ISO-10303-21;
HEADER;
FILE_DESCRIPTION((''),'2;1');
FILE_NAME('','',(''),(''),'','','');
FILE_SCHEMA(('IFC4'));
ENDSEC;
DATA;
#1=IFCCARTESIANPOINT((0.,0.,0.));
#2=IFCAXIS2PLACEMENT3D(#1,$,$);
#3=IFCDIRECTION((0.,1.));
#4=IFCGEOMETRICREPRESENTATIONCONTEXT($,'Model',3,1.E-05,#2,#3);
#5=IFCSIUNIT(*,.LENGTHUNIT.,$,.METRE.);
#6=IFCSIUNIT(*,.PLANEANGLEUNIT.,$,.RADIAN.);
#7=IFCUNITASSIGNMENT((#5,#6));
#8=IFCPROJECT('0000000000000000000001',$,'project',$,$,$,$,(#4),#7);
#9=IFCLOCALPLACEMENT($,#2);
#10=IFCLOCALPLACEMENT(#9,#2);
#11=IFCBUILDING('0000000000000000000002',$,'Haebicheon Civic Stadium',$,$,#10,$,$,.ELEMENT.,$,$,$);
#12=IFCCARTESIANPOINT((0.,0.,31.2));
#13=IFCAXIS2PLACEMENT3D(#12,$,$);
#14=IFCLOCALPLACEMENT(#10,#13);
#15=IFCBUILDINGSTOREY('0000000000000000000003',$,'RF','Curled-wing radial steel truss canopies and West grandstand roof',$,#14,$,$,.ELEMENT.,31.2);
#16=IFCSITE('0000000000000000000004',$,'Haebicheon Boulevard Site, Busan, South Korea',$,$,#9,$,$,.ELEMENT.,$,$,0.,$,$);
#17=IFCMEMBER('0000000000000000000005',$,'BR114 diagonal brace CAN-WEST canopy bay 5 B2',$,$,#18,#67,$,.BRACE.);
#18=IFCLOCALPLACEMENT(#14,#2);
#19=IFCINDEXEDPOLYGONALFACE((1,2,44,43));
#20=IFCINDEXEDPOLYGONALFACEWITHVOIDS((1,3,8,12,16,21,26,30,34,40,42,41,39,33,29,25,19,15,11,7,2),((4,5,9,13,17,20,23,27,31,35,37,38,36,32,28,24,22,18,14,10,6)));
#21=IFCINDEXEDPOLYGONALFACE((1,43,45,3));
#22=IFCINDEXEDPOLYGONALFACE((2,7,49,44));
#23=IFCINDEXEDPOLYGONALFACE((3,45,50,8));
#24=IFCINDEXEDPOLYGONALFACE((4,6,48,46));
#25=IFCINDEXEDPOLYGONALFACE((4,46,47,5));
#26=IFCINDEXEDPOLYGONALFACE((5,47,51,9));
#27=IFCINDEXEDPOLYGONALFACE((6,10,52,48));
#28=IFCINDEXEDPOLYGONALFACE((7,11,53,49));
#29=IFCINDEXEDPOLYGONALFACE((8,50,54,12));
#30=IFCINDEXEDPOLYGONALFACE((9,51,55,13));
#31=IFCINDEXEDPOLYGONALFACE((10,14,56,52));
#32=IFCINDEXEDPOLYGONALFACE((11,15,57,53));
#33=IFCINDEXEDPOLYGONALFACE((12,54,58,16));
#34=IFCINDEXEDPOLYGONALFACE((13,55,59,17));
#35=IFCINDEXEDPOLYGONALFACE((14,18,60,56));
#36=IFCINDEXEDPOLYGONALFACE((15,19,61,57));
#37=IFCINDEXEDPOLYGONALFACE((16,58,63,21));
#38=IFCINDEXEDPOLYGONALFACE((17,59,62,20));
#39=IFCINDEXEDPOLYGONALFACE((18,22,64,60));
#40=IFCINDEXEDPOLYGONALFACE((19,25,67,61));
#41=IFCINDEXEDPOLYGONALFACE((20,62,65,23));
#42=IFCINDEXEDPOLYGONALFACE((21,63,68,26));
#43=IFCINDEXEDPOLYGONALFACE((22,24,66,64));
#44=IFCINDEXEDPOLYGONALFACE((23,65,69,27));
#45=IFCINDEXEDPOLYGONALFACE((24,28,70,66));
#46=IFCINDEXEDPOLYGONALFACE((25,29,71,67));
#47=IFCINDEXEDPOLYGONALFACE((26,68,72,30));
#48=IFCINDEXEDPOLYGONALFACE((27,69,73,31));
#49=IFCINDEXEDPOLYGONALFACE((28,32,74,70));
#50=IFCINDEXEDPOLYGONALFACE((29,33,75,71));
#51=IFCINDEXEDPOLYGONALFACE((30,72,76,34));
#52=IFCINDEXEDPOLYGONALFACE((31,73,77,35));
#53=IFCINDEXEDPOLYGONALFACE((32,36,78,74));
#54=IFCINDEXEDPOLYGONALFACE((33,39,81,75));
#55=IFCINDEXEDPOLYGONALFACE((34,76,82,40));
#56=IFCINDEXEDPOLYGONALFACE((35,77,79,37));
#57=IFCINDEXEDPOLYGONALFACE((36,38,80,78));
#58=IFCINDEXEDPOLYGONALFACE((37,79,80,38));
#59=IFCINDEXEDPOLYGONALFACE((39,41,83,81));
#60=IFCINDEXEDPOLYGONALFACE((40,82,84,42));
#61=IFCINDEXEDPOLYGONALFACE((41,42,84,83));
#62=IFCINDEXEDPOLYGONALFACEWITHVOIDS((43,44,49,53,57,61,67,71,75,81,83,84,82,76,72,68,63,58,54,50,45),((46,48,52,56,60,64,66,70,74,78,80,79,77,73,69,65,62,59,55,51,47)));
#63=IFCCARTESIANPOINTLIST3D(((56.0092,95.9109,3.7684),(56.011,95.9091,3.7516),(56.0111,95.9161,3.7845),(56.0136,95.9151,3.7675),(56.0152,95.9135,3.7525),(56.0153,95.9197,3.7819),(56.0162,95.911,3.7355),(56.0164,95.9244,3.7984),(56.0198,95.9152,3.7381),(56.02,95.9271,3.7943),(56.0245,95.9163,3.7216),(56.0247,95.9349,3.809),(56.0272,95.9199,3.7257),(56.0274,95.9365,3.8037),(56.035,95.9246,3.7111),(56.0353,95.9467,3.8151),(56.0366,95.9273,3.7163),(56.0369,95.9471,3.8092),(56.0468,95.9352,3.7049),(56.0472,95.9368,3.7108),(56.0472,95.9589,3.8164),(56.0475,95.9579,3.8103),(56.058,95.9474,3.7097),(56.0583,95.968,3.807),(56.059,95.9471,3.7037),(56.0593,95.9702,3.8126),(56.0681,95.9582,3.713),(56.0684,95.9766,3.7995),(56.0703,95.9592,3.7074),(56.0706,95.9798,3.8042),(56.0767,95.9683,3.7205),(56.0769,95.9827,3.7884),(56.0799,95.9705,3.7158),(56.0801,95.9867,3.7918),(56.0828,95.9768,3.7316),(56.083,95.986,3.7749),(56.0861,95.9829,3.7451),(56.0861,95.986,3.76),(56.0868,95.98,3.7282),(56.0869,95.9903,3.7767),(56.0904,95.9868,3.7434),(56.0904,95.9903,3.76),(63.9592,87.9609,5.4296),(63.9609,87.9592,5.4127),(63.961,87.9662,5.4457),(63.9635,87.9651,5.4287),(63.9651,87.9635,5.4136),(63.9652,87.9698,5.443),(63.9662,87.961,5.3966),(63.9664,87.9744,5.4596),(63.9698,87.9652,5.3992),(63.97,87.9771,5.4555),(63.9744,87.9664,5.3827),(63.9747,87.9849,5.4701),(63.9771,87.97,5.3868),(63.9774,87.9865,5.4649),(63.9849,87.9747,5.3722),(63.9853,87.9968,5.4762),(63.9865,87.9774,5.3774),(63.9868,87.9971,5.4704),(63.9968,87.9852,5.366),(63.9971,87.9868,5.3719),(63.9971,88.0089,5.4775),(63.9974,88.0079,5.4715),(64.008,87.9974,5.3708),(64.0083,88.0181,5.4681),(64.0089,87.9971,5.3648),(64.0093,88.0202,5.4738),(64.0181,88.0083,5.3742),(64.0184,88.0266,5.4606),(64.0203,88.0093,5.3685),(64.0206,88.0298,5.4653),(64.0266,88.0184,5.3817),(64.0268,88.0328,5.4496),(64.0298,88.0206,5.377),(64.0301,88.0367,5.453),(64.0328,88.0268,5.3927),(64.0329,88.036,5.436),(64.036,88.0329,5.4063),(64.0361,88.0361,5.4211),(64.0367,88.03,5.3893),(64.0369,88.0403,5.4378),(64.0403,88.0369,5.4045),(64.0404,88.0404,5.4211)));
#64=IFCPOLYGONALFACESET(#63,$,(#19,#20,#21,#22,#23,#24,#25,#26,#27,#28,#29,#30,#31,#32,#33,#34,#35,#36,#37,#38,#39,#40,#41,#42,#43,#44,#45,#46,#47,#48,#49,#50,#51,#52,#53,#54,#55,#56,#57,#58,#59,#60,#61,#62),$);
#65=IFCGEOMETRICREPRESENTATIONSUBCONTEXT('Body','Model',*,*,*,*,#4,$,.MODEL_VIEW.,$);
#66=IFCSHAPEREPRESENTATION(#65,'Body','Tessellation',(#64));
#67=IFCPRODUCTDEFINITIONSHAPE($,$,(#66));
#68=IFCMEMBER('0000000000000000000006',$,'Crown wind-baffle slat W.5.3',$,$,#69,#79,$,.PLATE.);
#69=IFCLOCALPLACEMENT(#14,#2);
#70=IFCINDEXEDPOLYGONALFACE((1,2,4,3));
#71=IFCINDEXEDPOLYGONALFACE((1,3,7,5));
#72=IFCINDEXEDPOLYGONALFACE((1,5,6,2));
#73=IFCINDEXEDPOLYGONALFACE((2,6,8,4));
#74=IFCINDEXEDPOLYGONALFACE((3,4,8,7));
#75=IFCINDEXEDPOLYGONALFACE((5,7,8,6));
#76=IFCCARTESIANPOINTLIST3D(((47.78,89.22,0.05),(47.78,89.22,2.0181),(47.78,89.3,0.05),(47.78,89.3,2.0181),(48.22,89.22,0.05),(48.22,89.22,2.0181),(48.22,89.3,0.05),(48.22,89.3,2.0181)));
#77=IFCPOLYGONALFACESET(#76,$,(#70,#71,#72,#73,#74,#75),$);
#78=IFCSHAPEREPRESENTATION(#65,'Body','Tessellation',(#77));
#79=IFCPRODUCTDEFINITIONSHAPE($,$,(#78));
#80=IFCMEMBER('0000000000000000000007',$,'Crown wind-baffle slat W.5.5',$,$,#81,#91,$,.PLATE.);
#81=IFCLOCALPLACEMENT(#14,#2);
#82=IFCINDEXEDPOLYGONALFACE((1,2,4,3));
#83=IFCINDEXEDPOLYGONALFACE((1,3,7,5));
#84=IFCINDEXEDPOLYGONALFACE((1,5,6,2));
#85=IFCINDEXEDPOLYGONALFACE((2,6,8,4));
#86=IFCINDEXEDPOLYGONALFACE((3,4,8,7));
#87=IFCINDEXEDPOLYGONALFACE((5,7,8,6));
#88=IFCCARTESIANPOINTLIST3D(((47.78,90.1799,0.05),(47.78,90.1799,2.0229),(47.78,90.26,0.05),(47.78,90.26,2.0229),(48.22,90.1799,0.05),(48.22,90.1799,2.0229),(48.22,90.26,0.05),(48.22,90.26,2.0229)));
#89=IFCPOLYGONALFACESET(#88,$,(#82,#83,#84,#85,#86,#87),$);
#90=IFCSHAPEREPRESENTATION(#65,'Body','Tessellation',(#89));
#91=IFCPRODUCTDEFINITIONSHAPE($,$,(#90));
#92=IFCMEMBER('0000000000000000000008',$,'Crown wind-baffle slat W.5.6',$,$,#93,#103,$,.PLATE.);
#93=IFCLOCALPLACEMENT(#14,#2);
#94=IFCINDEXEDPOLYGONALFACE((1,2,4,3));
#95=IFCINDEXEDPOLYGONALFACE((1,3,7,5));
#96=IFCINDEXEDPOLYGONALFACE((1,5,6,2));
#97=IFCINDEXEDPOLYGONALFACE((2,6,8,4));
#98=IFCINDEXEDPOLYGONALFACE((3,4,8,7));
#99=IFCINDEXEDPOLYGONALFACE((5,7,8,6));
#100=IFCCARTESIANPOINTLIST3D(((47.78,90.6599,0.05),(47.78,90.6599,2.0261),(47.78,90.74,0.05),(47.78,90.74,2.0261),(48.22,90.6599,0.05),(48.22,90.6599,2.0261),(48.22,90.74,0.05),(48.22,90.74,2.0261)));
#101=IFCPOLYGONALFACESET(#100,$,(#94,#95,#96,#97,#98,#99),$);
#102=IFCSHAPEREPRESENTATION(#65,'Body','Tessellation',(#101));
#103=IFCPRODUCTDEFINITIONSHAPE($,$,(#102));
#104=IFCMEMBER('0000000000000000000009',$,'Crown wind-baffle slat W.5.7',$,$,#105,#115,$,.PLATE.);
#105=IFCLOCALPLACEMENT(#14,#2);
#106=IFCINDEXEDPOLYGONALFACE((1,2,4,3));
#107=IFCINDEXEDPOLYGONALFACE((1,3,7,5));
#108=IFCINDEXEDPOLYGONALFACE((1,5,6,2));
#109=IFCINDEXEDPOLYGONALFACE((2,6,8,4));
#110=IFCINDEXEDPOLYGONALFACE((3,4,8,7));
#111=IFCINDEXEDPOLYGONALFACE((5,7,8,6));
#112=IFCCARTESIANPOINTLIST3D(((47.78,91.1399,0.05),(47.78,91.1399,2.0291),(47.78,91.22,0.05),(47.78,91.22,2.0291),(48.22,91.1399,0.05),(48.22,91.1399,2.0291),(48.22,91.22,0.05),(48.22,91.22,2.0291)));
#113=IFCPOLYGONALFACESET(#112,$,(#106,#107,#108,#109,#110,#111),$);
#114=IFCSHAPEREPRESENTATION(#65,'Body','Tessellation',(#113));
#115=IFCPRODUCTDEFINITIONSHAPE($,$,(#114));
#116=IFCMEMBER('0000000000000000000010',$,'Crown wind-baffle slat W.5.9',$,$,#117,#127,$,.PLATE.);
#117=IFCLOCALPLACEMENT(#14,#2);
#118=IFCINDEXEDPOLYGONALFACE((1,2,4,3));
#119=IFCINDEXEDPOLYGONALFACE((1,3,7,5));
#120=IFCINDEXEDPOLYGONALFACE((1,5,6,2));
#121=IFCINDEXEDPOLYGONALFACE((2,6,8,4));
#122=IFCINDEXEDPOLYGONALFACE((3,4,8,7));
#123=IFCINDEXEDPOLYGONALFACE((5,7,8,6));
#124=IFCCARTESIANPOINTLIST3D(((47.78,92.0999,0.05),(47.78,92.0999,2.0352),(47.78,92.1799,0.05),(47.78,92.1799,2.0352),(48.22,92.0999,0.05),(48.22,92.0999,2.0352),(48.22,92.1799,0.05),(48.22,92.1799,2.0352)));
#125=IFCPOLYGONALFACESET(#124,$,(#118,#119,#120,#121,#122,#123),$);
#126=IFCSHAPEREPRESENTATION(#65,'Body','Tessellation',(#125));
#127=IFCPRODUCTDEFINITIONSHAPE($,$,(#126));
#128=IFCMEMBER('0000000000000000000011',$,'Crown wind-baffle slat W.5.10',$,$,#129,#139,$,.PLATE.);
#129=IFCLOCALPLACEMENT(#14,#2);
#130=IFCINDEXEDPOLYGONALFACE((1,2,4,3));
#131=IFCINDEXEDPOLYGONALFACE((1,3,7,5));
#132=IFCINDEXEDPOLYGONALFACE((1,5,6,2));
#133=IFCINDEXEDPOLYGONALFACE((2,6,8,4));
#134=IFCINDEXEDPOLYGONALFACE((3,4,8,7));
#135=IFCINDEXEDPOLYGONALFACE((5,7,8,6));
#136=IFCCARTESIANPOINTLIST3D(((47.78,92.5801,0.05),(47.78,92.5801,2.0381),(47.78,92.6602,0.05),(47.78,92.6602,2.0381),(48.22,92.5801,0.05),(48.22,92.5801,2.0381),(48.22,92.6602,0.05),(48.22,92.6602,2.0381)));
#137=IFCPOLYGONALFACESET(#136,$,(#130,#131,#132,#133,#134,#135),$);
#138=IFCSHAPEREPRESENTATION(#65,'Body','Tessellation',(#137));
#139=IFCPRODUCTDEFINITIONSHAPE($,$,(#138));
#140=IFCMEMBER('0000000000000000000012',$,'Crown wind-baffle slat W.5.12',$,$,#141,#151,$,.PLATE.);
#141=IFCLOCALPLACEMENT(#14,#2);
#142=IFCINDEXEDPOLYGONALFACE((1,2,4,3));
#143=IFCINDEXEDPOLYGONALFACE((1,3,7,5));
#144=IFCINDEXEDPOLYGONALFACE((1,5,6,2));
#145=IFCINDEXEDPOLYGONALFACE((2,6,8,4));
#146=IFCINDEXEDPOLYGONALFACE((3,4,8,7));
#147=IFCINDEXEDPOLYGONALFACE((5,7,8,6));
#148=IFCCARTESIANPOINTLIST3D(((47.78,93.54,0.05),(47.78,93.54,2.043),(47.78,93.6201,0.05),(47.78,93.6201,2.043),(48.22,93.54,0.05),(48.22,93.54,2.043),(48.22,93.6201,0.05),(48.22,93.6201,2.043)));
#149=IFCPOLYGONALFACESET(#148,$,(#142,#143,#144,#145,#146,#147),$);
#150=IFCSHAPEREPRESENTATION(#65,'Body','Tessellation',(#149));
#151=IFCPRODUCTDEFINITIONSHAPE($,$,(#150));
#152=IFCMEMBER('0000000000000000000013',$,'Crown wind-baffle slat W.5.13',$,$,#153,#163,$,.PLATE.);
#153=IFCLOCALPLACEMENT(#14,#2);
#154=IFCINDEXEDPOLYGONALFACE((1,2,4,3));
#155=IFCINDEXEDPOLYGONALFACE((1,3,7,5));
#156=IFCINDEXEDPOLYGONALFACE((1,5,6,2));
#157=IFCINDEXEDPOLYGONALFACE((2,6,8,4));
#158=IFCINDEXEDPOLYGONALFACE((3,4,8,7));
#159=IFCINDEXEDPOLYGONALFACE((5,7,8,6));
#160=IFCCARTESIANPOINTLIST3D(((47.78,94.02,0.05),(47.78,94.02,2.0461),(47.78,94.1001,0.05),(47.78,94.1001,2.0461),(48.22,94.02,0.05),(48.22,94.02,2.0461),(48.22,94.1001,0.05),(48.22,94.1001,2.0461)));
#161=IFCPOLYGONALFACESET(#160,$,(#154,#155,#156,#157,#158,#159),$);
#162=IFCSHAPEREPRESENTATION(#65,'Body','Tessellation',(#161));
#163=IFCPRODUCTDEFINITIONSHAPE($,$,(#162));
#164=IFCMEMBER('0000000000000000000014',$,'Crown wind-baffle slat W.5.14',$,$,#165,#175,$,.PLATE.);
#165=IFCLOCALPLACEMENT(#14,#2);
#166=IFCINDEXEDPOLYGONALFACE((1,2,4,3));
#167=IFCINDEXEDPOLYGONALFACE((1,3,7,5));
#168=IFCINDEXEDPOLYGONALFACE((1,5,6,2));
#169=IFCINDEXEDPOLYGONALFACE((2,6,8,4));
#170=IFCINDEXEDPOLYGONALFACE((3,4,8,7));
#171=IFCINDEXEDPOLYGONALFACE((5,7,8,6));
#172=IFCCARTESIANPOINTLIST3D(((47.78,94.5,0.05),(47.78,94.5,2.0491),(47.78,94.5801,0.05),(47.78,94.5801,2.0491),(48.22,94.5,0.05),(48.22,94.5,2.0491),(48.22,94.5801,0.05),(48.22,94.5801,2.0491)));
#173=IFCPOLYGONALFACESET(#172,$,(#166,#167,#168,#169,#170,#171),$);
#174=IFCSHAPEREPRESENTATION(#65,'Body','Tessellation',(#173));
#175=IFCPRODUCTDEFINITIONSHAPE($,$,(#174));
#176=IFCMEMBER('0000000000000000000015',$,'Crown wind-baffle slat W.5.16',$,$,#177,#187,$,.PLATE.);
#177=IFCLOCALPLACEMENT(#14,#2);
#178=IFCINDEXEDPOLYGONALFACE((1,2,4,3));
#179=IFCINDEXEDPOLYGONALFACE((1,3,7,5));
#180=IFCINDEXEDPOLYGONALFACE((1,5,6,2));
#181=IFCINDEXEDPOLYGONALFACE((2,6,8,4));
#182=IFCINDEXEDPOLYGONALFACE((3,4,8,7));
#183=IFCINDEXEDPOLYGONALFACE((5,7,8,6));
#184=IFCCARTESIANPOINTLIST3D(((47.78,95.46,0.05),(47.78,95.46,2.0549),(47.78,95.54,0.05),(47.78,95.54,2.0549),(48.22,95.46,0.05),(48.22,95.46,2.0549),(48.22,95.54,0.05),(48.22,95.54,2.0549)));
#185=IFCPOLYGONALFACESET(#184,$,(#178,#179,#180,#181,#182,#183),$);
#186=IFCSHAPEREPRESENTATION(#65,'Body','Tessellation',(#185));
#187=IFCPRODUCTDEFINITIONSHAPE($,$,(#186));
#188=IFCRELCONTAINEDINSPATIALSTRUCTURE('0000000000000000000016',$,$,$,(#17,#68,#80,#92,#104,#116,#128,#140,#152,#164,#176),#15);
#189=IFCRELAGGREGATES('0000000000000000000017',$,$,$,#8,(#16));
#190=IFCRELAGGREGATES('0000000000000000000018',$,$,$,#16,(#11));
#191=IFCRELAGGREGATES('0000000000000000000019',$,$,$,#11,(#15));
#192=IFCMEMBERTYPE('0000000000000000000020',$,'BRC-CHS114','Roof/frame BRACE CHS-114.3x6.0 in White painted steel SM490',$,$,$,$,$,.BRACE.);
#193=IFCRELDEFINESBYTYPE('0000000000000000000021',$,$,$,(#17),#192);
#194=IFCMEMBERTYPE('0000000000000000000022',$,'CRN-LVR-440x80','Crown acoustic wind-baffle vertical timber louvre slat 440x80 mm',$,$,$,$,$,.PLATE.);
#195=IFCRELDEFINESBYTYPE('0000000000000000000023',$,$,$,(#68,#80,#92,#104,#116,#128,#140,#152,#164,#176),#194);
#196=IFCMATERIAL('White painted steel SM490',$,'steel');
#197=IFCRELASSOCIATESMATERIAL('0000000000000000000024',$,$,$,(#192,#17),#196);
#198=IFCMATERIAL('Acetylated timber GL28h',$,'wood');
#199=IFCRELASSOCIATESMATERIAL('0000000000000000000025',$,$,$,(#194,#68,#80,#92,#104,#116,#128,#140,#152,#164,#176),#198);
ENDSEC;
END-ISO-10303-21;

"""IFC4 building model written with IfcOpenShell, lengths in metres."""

from ifc_helpers import new_model, si_unit, direction, frame, origin, origin_2d, place, context, subcontext, project, spatial, rectangle, hollow_circle, extrude, material, material_profile, profile_set, type_object, element, save


model = new_model("IFC4")

# Units and contexts
model_context = context("Model", 3, precision=1e-05, world=origin(), true_north=direction((0.0, 1.0)))
body_context = subcontext(model_context, "Body", "Model", "MODEL_VIEW")
ifc_project = project(units=[si_unit("LENGTHUNIT", "METRE"), si_unit("PLANEANGLEUNIT", "RADIAN")], contexts=[model_context])

# Site, building, storey
site_placement = place(None, origin())
site = spatial("IfcSite", under=ifc_project, at=site_placement, Name="Haebicheon Boulevard Site, Busan, South Korea", CompositionType="ELEMENT", RefElevation=0.0)
building_placement = place(site_placement, origin())
building = spatial("IfcBuilding", under=site, at=building_placement, Name="Haebicheon Civic Stadium", CompositionType="ELEMENT")
storey_placement = place(building_placement, frame((0.0, 0.0, 31.2)))
storey = spatial("IfcBuildingStorey", under=building, at=storey_placement, Name="RF", Description="Curled-wing radial steel truss canopies and West grandstand roof", CompositionType="ELEMENT", Elevation=31.2)

# Members
ifc_material_1 = material(Name="White painted steel SM490", Category="steel")
ifc_material_profile_1 = material_profile(ifc_material_1, hollow_circle(Radius=0.0571, WallThickness=0.0061, at=origin_2d()), Name="CHS-114.3x6.0")
ifc_profile_set_1 = profile_set([ifc_material_profile_1], Name="White painted steel SM490")
member_type_1 = type_object("IfcMemberType", Name="BRC-CHS114", Description="Roof/frame BRACE CHS-114.3x6.0 in White painted steel SM490", PredefinedType="BRACE", material=ifc_profile_set_1)
member_1_placement = place(storey_placement, frame((56.05, 95.95, 3.76), z_axis=(0.699513, -0.699513, 0.146162), x_axis=(0.707107, 0.707107, 0.0)))
element("IfcMember", 1, at=member_1_placement, inside=storey, type_object=member_type_1, material=ifc_profile_set_1, Name="BR114 diagonal brace CAN-WEST canopy bay 5 B2", PredefinedType="BRACE", context=body_context, shape_type="SweptSolid", body=[
    extrude(hollow_circle(Radius=0.0571, WallThickness=0.0061, at=origin_2d()), origin(), (0.0, 0.0, 1.0), 11.365),
])
ifc_material_2 = material(Name="Acetylated timber GL28h", Category="wood")
ifc_material_profile_2 = material_profile(ifc_material_2, rectangle(XDim=0.0801, YDim=0.4399, at=origin_2d()), Name="TMB-LOUV-80x440")
ifc_profile_set_2 = profile_set([ifc_material_profile_2], Name="Acetylated timber GL28h")
member_type_2 = type_object("IfcMemberType", Name="CRN-LVR-440x80", Description="Crown acoustic wind-baffle vertical timber louvre slat 440x80 mm", PredefinedType="PLATE", material=ifc_profile_set_2)
member_2_placement = place(storey_placement, frame((48.0, 89.26, 0.05), z_axis=(0.0, 0.0, 1.0), x_axis=(0.0, 1.0, 0.0)))
element("IfcMember", 2, at=member_2_placement, inside=storey, type_object=member_type_2, material=ifc_profile_set_2, Name="Crown wind-baffle slat W.5.3", PredefinedType="PLATE", context=body_context, shape_type="SweptSolid", body=[
    extrude(rectangle(XDim=0.0801, YDim=0.4399, at=origin_2d()), origin(), (0.0, 0.0, 1.0), 1.968),
])
member_3_placement = place(storey_placement, frame((48.0, 90.22, 0.05), z_axis=(0.0, 0.0, 1.0), x_axis=(0.0, 1.0, 0.0)))
element("IfcMember", 3, at=member_3_placement, inside=storey, type_object=member_type_2, material=ifc_profile_set_2, Name="Crown wind-baffle slat W.5.5", PredefinedType="PLATE", context=body_context, shape_type="SweptSolid", body=[
    extrude(rectangle(XDim=0.0801, YDim=0.4399, at=origin_2d()), origin(), (0.0, 0.0, 1.0), 1.9729),
])
member_4_placement = place(storey_placement, frame((48.0, 90.7, 0.05), z_axis=(0.0, 0.0, 1.0), x_axis=(0.0, 1.0, 0.0)))
element("IfcMember", 4, at=member_4_placement, inside=storey, type_object=member_type_2, material=ifc_profile_set_2, Name="Crown wind-baffle slat W.5.6", PredefinedType="PLATE", context=body_context, shape_type="SweptSolid", body=[
    extrude(rectangle(XDim=0.0801, YDim=0.4399, at=origin_2d()), origin(), (0.0, 0.0, 1.0), 1.9761),
])
member_5_placement = place(storey_placement, frame((48.0, 91.1799, 0.05), z_axis=(0.0, 0.0, 1.0), x_axis=(0.0, 1.0, 0.0)))
element("IfcMember", 5, at=member_5_placement, inside=storey, type_object=member_type_2, material=ifc_profile_set_2, Name="Crown wind-baffle slat W.5.7", PredefinedType="PLATE", context=body_context, shape_type="SweptSolid", body=[
    extrude(rectangle(XDim=0.0801, YDim=0.4399, at=origin_2d()), origin(), (0.0, 0.0, 1.0), 1.979),
])
member_6_placement = place(storey_placement, frame((48.0, 92.1399, 0.05), z_axis=(0.0, 0.0, 1.0), x_axis=(0.0, 1.0, 0.0)))
element("IfcMember", 6, at=member_6_placement, inside=storey, type_object=member_type_2, material=ifc_profile_set_2, Name="Crown wind-baffle slat W.5.9", PredefinedType="PLATE", context=body_context, shape_type="SweptSolid", body=[
    extrude(rectangle(XDim=0.0801, YDim=0.4399, at=origin_2d()), origin(), (0.0, 0.0, 1.0), 1.9851),
])
member_7_placement = place(storey_placement, frame((48.0, 92.6201, 0.05), z_axis=(0.0, 0.0, 1.0), x_axis=(0.0, 1.0, 0.0)))
element("IfcMember", 7, at=member_7_placement, inside=storey, type_object=member_type_2, material=ifc_profile_set_2, Name="Crown wind-baffle slat W.5.10", PredefinedType="PLATE", context=body_context, shape_type="SweptSolid", body=[
    extrude(rectangle(XDim=0.0801, YDim=0.4399, at=origin_2d()), origin(), (0.0, 0.0, 1.0), 1.988),
])
member_8_placement = place(storey_placement, frame((48.0, 93.5801, 0.05), z_axis=(0.0, 0.0, 1.0), x_axis=(0.0, 1.0, 0.0)))
element("IfcMember", 8, at=member_8_placement, inside=storey, type_object=member_type_2, material=ifc_profile_set_2, Name="Crown wind-baffle slat W.5.12", PredefinedType="PLATE", context=body_context, shape_type="SweptSolid", body=[
    extrude(rectangle(XDim=0.0801, YDim=0.4399, at=origin_2d()), origin(), (0.0, 0.0, 1.0), 1.9929),
])
member_9_placement = place(storey_placement, frame((48.0, 94.0601, 0.05), z_axis=(0.0, 0.0, 1.0), x_axis=(0.0, 1.0, 0.0)))
element("IfcMember", 9, at=member_9_placement, inside=storey, type_object=member_type_2, material=ifc_profile_set_2, Name="Crown wind-baffle slat W.5.13", PredefinedType="PLATE", context=body_context, shape_type="SweptSolid", body=[
    extrude(rectangle(XDim=0.0801, YDim=0.4399, at=origin_2d()), origin(), (0.0, 0.0, 1.0), 1.9961),
])
member_10_placement = place(storey_placement, frame((48.0, 94.54, 0.05), z_axis=(0.0, 0.0, 1.0), x_axis=(0.0, 1.0, 0.0)))
element("IfcMember", 10, at=member_10_placement, inside=storey, type_object=member_type_2, material=ifc_profile_set_2, Name="Crown wind-baffle slat W.5.14", PredefinedType="PLATE", context=body_context, shape_type="SweptSolid", body=[
    extrude(rectangle(XDim=0.0801, YDim=0.4399, at=origin_2d()), origin(), (0.0, 0.0, 1.0), 1.999),
])
member_11_placement = place(storey_placement, frame((48.0, 95.5, 0.05), z_axis=(0.0, 0.0, 1.0), x_axis=(0.0, 1.0, 0.0)))
element("IfcMember", 11, at=member_11_placement, inside=storey, type_object=member_type_2, material=ifc_profile_set_2, Name="Crown wind-baffle slat W.5.16", PredefinedType="PLATE", context=body_context, shape_type="SweptSolid", body=[
    extrude(rectangle(XDim=0.0801, YDim=0.4399, at=origin_2d()), origin(), (0.0, 0.0, 1.0), 2.0049),
])

save(model, "model.ifc")
